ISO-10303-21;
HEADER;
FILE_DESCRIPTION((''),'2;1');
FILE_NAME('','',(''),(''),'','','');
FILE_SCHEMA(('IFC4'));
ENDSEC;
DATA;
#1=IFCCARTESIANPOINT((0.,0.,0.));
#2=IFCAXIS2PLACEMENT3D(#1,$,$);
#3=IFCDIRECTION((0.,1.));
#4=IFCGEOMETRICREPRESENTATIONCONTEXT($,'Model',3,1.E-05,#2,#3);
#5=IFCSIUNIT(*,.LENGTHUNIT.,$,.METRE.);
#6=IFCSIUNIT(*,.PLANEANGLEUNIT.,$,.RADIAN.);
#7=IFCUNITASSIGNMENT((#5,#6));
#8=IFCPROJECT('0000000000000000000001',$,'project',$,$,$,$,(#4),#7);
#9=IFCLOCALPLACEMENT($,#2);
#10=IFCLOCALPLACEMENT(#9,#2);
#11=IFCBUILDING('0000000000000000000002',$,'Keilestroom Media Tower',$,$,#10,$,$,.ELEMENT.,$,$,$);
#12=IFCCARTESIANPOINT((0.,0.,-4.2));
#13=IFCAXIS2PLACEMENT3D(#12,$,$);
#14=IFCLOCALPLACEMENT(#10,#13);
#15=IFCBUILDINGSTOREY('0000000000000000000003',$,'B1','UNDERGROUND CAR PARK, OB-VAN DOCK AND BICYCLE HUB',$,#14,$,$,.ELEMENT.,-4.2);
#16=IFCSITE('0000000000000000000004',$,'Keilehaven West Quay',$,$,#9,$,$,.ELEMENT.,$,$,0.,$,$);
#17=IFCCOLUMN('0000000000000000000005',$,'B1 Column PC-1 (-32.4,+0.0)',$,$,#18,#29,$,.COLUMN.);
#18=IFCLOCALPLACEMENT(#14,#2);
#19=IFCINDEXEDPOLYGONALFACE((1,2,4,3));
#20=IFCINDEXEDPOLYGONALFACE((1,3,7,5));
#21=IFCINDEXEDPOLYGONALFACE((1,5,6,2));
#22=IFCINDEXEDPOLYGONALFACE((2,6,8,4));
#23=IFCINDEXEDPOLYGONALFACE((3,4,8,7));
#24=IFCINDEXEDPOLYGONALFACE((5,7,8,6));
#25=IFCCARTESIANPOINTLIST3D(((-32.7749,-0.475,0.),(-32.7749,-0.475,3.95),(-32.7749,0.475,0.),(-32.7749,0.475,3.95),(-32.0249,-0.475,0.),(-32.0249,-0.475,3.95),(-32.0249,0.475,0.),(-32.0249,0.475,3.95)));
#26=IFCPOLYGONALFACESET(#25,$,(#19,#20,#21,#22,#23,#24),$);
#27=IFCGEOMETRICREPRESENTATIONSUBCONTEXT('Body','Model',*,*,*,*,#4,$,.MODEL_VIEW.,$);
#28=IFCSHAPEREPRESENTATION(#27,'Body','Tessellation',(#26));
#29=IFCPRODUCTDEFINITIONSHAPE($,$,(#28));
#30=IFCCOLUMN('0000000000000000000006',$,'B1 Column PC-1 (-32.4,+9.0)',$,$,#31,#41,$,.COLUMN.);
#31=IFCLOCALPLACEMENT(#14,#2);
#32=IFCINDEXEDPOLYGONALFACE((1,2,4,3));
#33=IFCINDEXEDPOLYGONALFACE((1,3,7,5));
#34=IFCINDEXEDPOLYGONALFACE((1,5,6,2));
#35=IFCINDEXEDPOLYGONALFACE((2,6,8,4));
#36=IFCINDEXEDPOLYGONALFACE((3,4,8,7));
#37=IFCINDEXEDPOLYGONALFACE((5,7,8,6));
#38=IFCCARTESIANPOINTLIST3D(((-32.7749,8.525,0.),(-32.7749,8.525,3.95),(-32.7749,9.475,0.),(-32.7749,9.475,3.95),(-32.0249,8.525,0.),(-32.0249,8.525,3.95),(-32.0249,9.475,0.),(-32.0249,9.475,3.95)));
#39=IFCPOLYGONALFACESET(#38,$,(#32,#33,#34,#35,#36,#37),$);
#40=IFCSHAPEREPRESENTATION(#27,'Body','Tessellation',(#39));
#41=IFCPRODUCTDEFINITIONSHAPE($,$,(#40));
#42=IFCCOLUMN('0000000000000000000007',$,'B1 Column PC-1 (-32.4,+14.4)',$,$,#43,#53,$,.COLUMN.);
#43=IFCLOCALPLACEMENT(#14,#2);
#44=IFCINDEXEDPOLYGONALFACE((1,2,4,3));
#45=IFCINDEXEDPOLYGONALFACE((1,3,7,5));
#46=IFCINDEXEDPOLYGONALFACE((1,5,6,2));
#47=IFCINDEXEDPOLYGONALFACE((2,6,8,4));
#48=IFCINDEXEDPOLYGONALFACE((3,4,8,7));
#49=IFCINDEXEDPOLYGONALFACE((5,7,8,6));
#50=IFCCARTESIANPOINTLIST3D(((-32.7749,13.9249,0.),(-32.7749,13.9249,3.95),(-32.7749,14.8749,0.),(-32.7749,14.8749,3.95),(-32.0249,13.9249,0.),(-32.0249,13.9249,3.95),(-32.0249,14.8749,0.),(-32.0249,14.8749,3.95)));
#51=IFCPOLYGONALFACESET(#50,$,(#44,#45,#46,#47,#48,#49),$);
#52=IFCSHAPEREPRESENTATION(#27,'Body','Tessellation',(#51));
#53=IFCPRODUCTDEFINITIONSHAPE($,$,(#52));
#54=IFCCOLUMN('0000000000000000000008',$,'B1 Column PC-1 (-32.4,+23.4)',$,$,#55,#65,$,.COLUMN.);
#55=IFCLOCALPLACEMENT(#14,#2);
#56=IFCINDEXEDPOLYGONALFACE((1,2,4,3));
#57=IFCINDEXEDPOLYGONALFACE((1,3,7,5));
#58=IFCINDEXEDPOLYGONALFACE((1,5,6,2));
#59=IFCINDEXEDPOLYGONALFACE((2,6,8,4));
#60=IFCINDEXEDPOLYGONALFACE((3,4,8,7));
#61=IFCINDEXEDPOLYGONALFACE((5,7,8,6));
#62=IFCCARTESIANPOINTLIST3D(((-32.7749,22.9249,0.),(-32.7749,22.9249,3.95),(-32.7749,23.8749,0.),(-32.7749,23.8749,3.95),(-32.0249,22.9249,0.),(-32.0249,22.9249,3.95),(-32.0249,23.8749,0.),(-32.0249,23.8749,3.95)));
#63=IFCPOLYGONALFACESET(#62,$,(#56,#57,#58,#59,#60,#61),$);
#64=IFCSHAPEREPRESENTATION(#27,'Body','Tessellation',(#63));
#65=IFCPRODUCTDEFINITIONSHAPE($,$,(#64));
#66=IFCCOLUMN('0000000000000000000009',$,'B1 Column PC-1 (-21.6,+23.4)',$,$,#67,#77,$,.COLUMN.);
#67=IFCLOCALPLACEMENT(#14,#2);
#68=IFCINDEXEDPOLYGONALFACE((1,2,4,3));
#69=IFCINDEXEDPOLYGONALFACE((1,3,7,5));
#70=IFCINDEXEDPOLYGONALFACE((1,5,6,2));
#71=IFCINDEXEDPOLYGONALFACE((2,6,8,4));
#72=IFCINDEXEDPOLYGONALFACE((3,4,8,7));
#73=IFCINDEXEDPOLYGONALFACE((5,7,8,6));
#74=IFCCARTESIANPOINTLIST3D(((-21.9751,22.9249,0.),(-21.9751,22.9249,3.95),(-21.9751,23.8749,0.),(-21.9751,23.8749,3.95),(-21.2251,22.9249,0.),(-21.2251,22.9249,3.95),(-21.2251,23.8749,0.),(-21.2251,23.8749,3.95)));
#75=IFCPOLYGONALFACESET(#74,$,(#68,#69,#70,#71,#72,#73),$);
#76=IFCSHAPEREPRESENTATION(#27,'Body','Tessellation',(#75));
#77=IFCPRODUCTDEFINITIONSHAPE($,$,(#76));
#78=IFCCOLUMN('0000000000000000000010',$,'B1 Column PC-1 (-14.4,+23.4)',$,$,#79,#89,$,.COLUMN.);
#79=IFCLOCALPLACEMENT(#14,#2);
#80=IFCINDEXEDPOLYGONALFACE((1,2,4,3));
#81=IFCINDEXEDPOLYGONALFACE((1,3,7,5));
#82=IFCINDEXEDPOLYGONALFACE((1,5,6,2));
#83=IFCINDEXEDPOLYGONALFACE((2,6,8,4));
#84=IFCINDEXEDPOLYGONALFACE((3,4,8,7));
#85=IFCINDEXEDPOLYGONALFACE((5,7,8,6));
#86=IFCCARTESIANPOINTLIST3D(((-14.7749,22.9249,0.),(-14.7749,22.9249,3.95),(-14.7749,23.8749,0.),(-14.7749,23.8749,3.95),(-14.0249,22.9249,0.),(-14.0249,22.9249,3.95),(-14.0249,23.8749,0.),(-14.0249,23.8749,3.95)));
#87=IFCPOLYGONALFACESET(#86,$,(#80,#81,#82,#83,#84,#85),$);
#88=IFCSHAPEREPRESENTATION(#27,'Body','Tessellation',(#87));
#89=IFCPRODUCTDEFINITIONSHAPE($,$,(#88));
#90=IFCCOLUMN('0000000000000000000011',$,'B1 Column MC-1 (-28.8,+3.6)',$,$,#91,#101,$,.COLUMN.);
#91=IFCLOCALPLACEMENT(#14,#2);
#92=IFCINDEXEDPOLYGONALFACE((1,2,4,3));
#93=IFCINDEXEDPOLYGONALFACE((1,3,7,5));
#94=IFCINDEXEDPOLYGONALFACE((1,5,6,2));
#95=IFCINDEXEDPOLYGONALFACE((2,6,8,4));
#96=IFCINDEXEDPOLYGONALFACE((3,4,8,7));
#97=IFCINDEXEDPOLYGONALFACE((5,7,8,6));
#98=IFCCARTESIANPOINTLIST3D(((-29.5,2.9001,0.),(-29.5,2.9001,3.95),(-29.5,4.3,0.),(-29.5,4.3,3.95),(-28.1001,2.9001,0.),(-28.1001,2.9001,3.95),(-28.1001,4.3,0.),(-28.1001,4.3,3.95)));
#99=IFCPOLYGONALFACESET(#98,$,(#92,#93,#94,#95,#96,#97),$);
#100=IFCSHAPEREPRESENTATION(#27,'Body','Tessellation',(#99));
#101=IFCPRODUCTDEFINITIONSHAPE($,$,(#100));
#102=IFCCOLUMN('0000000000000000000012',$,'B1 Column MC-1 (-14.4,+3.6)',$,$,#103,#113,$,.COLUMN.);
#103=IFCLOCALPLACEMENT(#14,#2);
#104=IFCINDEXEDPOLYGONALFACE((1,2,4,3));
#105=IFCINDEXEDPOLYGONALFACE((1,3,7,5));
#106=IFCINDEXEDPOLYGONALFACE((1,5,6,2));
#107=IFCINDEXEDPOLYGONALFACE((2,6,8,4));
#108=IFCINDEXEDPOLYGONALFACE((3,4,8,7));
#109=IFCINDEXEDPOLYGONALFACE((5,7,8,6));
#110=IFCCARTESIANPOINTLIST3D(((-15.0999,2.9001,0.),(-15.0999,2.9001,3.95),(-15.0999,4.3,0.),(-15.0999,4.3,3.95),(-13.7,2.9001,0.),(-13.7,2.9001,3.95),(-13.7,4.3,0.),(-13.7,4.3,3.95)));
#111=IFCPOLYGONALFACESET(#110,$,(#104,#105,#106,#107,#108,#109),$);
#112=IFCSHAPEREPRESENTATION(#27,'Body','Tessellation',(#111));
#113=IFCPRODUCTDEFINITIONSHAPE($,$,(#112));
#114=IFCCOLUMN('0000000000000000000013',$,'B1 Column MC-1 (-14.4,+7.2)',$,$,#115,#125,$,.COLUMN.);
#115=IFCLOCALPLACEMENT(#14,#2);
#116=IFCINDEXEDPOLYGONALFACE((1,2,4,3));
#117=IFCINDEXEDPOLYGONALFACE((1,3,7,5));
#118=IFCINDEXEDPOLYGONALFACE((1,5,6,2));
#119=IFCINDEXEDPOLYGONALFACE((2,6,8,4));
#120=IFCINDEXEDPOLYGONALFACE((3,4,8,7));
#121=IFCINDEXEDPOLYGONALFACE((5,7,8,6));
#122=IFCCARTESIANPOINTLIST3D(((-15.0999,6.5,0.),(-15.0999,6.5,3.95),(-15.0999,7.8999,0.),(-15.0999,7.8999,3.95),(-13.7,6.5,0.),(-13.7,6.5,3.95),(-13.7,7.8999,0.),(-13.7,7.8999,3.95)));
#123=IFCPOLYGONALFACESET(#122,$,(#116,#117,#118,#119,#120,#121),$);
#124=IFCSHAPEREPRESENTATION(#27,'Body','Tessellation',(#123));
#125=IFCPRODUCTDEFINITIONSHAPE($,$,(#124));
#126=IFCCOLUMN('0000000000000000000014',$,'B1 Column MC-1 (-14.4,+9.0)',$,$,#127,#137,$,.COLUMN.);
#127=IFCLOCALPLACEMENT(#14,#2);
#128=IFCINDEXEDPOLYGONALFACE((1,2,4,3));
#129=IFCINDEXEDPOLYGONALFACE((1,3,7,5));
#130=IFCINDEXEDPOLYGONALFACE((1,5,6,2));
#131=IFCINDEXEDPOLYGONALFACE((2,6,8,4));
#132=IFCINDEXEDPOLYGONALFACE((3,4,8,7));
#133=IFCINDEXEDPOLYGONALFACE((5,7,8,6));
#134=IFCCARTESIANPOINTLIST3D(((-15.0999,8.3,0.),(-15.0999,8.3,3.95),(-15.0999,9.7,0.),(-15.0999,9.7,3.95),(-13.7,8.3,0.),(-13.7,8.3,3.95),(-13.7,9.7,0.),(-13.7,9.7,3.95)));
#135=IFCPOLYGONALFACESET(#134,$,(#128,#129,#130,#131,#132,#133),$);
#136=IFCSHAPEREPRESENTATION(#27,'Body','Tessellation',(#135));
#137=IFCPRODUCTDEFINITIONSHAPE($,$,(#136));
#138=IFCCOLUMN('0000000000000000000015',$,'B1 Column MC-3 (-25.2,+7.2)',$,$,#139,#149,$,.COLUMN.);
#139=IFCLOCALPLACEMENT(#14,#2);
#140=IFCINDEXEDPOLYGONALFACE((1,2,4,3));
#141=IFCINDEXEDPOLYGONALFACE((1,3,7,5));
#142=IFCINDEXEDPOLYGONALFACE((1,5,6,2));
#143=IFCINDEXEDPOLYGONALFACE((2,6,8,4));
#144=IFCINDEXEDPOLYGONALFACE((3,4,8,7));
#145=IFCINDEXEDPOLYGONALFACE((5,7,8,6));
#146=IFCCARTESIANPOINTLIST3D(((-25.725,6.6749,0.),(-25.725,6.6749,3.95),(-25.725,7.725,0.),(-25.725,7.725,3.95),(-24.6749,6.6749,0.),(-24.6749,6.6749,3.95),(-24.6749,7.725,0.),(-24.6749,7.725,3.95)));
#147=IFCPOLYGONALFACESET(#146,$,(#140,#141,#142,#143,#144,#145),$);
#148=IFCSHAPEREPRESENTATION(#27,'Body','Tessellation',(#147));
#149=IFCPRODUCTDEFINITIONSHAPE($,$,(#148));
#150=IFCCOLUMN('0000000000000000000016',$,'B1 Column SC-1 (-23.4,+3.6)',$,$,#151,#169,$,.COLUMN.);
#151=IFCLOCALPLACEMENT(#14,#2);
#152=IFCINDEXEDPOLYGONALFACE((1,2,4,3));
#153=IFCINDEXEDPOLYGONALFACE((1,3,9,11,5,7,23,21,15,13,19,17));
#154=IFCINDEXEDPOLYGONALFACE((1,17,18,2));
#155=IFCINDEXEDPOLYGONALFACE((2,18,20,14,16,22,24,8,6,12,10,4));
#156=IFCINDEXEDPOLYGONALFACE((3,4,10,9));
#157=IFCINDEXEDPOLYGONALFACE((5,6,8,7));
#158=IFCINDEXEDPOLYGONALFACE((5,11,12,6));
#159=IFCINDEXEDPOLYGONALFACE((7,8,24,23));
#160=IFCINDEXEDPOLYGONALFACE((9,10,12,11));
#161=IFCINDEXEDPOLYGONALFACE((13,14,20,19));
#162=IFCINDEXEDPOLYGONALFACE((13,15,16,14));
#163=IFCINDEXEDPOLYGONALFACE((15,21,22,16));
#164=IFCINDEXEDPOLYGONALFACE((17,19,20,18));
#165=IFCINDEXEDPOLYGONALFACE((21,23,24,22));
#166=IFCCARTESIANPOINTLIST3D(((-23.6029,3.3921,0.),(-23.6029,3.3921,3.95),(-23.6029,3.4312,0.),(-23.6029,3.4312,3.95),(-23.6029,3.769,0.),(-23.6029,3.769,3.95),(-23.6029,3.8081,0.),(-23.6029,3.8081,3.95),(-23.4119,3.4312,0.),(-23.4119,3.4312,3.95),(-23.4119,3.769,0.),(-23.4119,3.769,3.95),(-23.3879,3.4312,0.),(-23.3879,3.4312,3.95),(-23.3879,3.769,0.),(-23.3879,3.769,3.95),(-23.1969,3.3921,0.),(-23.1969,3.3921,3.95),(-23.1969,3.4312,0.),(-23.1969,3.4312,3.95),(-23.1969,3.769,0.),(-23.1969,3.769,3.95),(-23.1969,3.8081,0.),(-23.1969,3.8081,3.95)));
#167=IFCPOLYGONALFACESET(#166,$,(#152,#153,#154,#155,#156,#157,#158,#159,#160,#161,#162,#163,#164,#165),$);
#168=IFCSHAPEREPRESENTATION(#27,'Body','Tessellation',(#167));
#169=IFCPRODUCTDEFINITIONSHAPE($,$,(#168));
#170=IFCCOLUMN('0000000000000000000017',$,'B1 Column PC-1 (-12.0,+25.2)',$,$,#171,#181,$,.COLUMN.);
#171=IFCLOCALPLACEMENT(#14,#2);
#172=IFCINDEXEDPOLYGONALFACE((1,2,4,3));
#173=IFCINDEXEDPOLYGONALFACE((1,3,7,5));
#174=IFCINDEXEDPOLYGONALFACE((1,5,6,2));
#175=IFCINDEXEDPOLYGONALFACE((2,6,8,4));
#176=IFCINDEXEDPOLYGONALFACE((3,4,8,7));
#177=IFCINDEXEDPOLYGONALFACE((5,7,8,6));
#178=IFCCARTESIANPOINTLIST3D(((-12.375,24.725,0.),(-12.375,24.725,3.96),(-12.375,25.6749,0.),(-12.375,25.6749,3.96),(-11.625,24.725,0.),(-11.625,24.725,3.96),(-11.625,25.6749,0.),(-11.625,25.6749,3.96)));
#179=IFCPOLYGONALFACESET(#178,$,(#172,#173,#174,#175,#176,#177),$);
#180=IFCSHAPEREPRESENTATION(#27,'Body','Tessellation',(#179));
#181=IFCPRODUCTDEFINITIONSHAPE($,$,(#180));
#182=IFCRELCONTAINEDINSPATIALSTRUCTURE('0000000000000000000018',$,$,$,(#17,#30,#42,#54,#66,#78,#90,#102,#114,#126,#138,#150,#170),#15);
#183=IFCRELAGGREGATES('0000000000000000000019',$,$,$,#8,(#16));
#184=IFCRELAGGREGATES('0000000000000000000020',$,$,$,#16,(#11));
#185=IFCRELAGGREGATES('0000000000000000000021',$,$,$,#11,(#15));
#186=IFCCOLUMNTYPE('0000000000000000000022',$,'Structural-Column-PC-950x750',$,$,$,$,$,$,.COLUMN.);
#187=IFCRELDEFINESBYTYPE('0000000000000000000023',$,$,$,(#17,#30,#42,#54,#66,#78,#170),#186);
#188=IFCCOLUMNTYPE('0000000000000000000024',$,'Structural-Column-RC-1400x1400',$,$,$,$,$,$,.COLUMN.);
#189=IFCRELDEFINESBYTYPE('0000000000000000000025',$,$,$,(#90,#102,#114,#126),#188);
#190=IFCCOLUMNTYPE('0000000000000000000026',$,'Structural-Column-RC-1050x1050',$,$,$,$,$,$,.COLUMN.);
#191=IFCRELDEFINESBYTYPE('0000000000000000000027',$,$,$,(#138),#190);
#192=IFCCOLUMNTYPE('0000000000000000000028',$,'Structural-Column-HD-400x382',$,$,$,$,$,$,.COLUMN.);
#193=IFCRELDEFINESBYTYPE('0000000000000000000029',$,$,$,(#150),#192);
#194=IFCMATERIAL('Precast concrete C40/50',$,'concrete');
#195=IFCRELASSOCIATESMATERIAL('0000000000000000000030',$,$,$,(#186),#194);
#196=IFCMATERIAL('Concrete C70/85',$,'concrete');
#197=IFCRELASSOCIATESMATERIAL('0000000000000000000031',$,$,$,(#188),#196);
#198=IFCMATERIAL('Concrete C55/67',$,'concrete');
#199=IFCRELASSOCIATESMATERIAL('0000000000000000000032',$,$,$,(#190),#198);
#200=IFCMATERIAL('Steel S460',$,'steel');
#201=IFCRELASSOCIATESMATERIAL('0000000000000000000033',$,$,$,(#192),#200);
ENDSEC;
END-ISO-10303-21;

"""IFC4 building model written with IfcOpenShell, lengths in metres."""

from ifc_helpers import new_model, si_unit, direction, frame, origin, origin_2d, place, context, subcontext, project, spatial, rectangle, i_section, extrude, source, transform, mapped, material, material_profile, profile_set, type_object, element, save


model = new_model("IFC4")

# Units and contexts
model_context = context("Model", 3, precision=1e-05, world=origin(), true_north=direction((0.0, 1.0)))
body_context = subcontext(model_context, "Body", "Model", "MODEL_VIEW")
ifc_project = project(units=[si_unit("LENGTHUNIT", "METRE"), si_unit("PLANEANGLEUNIT", "RADIAN")], contexts=[model_context])

# Site, building, storey
site_placement = place(None, origin())
site = spatial("IfcSite", under=ifc_project, at=site_placement, Name="Keilehaven West Quay", CompositionType="ELEMENT", RefElevation=0.0)
building_placement = place(site_placement, origin())
building = spatial("IfcBuilding", under=site, at=building_placement, Name="Keilestroom Media Tower", CompositionType="ELEMENT")
storey_placement = place(building_placement, frame((0.0, 0.0, -4.2)))
storey = spatial("IfcBuildingStorey", under=building, at=storey_placement, Name="B1", Description="UNDERGROUND CAR PARK, OB-VAN DOCK AND BICYCLE HUB", CompositionType="ELEMENT", Elevation=-4.2)

# Columns
ifc_material_1 = material(Name="Precast concrete C40/50", Category="concrete")
ifc_material_profile_1 = material_profile(ifc_material_1, rectangle(XDim=0.75, YDim=0.95, at=origin_2d()), Name="PC 950x750")
ifc_profile_set_1 = profile_set([ifc_material_profile_1], Name="Precast concrete C40/50")
column_type_1 = type_object("IfcColumnType", Name="Structural-Column-PC-950x750", PredefinedType="COLUMN", material=ifc_profile_set_1)
shared_shape_1 = source(origin(), body_context, "Body", "SweptSolid", [
    extrude(rectangle(XDim=0.75, YDim=0.95, at=origin_2d()), origin(), (0.0, 0.0, 1.0), 3.95),
])
for number, where, z_axis, x_axis, name in (
    (1, (-32.3999, 0.0, 0.0), (0.0, 0.0, 1.0), (1.0, 0.0, 0.0), "B1 Column PC-1 (-32.4,+0.0)"),
    (2, (-32.3999, 9.0, 0.0), (0.0, 0.0, 1.0), (1.0, 0.0, 0.0), "B1 Column PC-1 (-32.4,+9.0)"),
    (3, (-32.3999, 14.3999, 0.0), (0.0, 0.0, 1.0), (1.0, 0.0, 0.0), "B1 Column PC-1 (-32.4,+14.4)"),
    (4, (-32.3999, 23.3999, 0.0), (0.0, 0.0, 1.0), (1.0, 0.0, 0.0), "B1 Column PC-1 (-32.4,+23.4)"),
    (5, (-21.6001, 23.3999, 0.0), (0.0, 0.0, 1.0), (1.0, 0.0, 0.0), "B1 Column PC-1 (-21.6,+23.4)"),
    (6, (-14.3999, 23.3999, 0.0), (0.0, 0.0, 1.0), (1.0, 0.0, 0.0), "B1 Column PC-1 (-14.4,+23.4)"),
):
    element("IfcColumn", number, at=place(storey_placement, frame(where, z_axis=z_axis, x_axis=x_axis)), inside=storey, type_object=column_type_1, Name=name, PredefinedType="COLUMN", context=body_context, shape_type="MappedRepresentation", body=[
        mapped(shared_shape_1, transform((0.0, 0.0, 0.0), x_axis=(1.0, 0.0, 0.0), y_axis=(0.0, 1.0, 0.0), z_axis=(0.0, 0.0, 1.0), scale=1.0)),
    ])
ifc_material_2 = material(Name="Concrete C70/85", Category="concrete")
ifc_material_profile_2 = material_profile(ifc_material_2, rectangle(XDim=1.3999, YDim=1.3999, at=origin_2d()), Name="RC 1400x1400")
ifc_profile_set_2 = profile_set([ifc_material_profile_2], Name="Concrete C70/85")
column_type_2 = type_object("IfcColumnType", Name="Structural-Column-RC-1400x1400", PredefinedType="COLUMN", material=ifc_profile_set_2)
shared_shape_2 = source(origin(), body_context, "Body", "SweptSolid", [
    extrude(rectangle(XDim=1.3999, YDim=1.3999, at=origin_2d()), origin(), (0.0, 0.0, 1.0), 3.95),
])
for number, where, z_axis, x_axis, name in (
    (7, (-28.8, 3.6001, 0.0), (0.0, 0.0, 1.0), (1.0, 0.0, 0.0), "B1 Column MC-1 (-28.8,+3.6)"),
    (8, (-14.3999, 3.6001, 0.0), (0.0, 0.0, 1.0), (1.0, 0.0, 0.0), "B1 Column MC-1 (-14.4,+3.6)"),
    (9, (-14.3999, 7.2, 0.0), (0.0, 0.0, 1.0), (1.0, 0.0, 0.0), "B1 Column MC-1 (-14.4,+7.2)"),
    (10, (-14.3999, 9.0, 0.0), (0.0, 0.0, 1.0), (1.0, 0.0, 0.0), "B1 Column MC-1 (-14.4,+9.0)"),
):
    element("IfcColumn", number, at=place(storey_placement, frame(where, z_axis=z_axis, x_axis=x_axis)), inside=storey, type_object=column_type_2, Name=name, PredefinedType="COLUMN", context=body_context, shape_type="MappedRepresentation", body=[
        mapped(shared_shape_2, transform((0.0, 0.0, 0.0), x_axis=(1.0, 0.0, 0.0), y_axis=(0.0, 1.0, 0.0), z_axis=(0.0, 0.0, 1.0), scale=1.0)),
    ])
ifc_material_3 = material(Name="Concrete C55/67", Category="concrete")
ifc_material_profile_3 = material_profile(ifc_material_3, rectangle(XDim=1.05, YDim=1.05, at=origin_2d()), Name="RC 1050x1050")
ifc_profile_set_3 = profile_set([ifc_material_profile_3], Name="Concrete C55/67")
column_type_3 = type_object("IfcColumnType", Name="Structural-Column-RC-1050x1050", PredefinedType="COLUMN", material=ifc_profile_set_3)
shared_shape_3 = source(origin(), body_context, "Body", "SweptSolid", [
    extrude(rectangle(XDim=1.05, YDim=1.05, at=origin_2d()), origin(), (0.0, 0.0, 1.0), 3.95),
])
column_1_placement = place(storey_placement, frame((-25.2, 7.2, 0.0), z_axis=(0.0, 0.0, 1.0), x_axis=(1.0, 0.0, 0.0)))
element("IfcColumn", 11, at=column_1_placement, inside=storey, type_object=column_type_3, Name="B1 Column MC-3 (-25.2,+7.2)", PredefinedType="COLUMN", context=body_context, shape_type="MappedRepresentation", body=[
    mapped(shared_shape_3, transform((0.0, 0.0, 0.0), x_axis=(1.0, 0.0, 0.0), y_axis=(0.0, 1.0, 0.0), z_axis=(0.0, 0.0, 1.0), scale=1.0)),
])
ifc_material_4 = material(Name="Steel S460", Category="steel")
ifc_material_profile_4 = material_profile(ifc_material_4, i_section(OverallWidth=0.406, OverallDepth=0.416, WebThickness=0.0239, FlangeThickness=0.0391, at=origin_2d()), Name="HD 400x382")
ifc_profile_set_4 = profile_set([ifc_material_profile_4], Name="Steel S460")
column_type_4 = type_object("IfcColumnType", Name="Structural-Column-HD-400x382", PredefinedType="COLUMN", material=ifc_profile_set_4)
shared_shape_4 = source(origin(), body_context, "Body", "SweptSolid", [
    extrude(i_section(OverallWidth=0.406, OverallDepth=0.416, WebThickness=0.0239, FlangeThickness=0.0391, at=origin_2d()), origin(), (0.0, 0.0, 1.0), 3.95),
])
column_2_placement = place(storey_placement, frame((-23.3999, 3.6001, 0.0), z_axis=(0.0, 0.0, 1.0), x_axis=(1.0, 0.0, 0.0)))
element("IfcColumn", 12, at=column_2_placement, inside=storey, type_object=column_type_4, Name="B1 Column SC-1 (-23.4,+3.6)", PredefinedType="COLUMN", context=body_context, shape_type="MappedRepresentation", body=[
    mapped(shared_shape_4, transform((0.0, 0.0, 0.0), x_axis=(1.0, 0.0, 0.0), y_axis=(0.0, 1.0, 0.0), z_axis=(0.0, 0.0, 1.0), scale=1.0)),
])
shared_shape_5 = source(origin(), body_context, "Body", "SweptSolid", [
    extrude(rectangle(XDim=0.75, YDim=0.95, at=origin_2d()), origin(), (0.0, 0.0, 1.0), 3.96),
])
column_3_placement = place(storey_placement, frame((-12.0, 25.2, 0.0), z_axis=(0.0, 0.0, 1.0), x_axis=(1.0, 0.0, 0.0)))
element("IfcColumn", 13, at=column_3_placement, inside=storey, type_object=column_type_1, Name="B1 Column PC-1 (-12.0,+25.2)", PredefinedType="COLUMN", context=body_context, shape_type="MappedRepresentation", body=[
    mapped(shared_shape_5, transform((0.0, 0.0, 0.0), x_axis=(1.0, 0.0, 0.0), y_axis=(0.0, 1.0, 0.0), z_axis=(0.0, 0.0, 1.0), scale=1.0)),
])

save(model, "model.ifc")
